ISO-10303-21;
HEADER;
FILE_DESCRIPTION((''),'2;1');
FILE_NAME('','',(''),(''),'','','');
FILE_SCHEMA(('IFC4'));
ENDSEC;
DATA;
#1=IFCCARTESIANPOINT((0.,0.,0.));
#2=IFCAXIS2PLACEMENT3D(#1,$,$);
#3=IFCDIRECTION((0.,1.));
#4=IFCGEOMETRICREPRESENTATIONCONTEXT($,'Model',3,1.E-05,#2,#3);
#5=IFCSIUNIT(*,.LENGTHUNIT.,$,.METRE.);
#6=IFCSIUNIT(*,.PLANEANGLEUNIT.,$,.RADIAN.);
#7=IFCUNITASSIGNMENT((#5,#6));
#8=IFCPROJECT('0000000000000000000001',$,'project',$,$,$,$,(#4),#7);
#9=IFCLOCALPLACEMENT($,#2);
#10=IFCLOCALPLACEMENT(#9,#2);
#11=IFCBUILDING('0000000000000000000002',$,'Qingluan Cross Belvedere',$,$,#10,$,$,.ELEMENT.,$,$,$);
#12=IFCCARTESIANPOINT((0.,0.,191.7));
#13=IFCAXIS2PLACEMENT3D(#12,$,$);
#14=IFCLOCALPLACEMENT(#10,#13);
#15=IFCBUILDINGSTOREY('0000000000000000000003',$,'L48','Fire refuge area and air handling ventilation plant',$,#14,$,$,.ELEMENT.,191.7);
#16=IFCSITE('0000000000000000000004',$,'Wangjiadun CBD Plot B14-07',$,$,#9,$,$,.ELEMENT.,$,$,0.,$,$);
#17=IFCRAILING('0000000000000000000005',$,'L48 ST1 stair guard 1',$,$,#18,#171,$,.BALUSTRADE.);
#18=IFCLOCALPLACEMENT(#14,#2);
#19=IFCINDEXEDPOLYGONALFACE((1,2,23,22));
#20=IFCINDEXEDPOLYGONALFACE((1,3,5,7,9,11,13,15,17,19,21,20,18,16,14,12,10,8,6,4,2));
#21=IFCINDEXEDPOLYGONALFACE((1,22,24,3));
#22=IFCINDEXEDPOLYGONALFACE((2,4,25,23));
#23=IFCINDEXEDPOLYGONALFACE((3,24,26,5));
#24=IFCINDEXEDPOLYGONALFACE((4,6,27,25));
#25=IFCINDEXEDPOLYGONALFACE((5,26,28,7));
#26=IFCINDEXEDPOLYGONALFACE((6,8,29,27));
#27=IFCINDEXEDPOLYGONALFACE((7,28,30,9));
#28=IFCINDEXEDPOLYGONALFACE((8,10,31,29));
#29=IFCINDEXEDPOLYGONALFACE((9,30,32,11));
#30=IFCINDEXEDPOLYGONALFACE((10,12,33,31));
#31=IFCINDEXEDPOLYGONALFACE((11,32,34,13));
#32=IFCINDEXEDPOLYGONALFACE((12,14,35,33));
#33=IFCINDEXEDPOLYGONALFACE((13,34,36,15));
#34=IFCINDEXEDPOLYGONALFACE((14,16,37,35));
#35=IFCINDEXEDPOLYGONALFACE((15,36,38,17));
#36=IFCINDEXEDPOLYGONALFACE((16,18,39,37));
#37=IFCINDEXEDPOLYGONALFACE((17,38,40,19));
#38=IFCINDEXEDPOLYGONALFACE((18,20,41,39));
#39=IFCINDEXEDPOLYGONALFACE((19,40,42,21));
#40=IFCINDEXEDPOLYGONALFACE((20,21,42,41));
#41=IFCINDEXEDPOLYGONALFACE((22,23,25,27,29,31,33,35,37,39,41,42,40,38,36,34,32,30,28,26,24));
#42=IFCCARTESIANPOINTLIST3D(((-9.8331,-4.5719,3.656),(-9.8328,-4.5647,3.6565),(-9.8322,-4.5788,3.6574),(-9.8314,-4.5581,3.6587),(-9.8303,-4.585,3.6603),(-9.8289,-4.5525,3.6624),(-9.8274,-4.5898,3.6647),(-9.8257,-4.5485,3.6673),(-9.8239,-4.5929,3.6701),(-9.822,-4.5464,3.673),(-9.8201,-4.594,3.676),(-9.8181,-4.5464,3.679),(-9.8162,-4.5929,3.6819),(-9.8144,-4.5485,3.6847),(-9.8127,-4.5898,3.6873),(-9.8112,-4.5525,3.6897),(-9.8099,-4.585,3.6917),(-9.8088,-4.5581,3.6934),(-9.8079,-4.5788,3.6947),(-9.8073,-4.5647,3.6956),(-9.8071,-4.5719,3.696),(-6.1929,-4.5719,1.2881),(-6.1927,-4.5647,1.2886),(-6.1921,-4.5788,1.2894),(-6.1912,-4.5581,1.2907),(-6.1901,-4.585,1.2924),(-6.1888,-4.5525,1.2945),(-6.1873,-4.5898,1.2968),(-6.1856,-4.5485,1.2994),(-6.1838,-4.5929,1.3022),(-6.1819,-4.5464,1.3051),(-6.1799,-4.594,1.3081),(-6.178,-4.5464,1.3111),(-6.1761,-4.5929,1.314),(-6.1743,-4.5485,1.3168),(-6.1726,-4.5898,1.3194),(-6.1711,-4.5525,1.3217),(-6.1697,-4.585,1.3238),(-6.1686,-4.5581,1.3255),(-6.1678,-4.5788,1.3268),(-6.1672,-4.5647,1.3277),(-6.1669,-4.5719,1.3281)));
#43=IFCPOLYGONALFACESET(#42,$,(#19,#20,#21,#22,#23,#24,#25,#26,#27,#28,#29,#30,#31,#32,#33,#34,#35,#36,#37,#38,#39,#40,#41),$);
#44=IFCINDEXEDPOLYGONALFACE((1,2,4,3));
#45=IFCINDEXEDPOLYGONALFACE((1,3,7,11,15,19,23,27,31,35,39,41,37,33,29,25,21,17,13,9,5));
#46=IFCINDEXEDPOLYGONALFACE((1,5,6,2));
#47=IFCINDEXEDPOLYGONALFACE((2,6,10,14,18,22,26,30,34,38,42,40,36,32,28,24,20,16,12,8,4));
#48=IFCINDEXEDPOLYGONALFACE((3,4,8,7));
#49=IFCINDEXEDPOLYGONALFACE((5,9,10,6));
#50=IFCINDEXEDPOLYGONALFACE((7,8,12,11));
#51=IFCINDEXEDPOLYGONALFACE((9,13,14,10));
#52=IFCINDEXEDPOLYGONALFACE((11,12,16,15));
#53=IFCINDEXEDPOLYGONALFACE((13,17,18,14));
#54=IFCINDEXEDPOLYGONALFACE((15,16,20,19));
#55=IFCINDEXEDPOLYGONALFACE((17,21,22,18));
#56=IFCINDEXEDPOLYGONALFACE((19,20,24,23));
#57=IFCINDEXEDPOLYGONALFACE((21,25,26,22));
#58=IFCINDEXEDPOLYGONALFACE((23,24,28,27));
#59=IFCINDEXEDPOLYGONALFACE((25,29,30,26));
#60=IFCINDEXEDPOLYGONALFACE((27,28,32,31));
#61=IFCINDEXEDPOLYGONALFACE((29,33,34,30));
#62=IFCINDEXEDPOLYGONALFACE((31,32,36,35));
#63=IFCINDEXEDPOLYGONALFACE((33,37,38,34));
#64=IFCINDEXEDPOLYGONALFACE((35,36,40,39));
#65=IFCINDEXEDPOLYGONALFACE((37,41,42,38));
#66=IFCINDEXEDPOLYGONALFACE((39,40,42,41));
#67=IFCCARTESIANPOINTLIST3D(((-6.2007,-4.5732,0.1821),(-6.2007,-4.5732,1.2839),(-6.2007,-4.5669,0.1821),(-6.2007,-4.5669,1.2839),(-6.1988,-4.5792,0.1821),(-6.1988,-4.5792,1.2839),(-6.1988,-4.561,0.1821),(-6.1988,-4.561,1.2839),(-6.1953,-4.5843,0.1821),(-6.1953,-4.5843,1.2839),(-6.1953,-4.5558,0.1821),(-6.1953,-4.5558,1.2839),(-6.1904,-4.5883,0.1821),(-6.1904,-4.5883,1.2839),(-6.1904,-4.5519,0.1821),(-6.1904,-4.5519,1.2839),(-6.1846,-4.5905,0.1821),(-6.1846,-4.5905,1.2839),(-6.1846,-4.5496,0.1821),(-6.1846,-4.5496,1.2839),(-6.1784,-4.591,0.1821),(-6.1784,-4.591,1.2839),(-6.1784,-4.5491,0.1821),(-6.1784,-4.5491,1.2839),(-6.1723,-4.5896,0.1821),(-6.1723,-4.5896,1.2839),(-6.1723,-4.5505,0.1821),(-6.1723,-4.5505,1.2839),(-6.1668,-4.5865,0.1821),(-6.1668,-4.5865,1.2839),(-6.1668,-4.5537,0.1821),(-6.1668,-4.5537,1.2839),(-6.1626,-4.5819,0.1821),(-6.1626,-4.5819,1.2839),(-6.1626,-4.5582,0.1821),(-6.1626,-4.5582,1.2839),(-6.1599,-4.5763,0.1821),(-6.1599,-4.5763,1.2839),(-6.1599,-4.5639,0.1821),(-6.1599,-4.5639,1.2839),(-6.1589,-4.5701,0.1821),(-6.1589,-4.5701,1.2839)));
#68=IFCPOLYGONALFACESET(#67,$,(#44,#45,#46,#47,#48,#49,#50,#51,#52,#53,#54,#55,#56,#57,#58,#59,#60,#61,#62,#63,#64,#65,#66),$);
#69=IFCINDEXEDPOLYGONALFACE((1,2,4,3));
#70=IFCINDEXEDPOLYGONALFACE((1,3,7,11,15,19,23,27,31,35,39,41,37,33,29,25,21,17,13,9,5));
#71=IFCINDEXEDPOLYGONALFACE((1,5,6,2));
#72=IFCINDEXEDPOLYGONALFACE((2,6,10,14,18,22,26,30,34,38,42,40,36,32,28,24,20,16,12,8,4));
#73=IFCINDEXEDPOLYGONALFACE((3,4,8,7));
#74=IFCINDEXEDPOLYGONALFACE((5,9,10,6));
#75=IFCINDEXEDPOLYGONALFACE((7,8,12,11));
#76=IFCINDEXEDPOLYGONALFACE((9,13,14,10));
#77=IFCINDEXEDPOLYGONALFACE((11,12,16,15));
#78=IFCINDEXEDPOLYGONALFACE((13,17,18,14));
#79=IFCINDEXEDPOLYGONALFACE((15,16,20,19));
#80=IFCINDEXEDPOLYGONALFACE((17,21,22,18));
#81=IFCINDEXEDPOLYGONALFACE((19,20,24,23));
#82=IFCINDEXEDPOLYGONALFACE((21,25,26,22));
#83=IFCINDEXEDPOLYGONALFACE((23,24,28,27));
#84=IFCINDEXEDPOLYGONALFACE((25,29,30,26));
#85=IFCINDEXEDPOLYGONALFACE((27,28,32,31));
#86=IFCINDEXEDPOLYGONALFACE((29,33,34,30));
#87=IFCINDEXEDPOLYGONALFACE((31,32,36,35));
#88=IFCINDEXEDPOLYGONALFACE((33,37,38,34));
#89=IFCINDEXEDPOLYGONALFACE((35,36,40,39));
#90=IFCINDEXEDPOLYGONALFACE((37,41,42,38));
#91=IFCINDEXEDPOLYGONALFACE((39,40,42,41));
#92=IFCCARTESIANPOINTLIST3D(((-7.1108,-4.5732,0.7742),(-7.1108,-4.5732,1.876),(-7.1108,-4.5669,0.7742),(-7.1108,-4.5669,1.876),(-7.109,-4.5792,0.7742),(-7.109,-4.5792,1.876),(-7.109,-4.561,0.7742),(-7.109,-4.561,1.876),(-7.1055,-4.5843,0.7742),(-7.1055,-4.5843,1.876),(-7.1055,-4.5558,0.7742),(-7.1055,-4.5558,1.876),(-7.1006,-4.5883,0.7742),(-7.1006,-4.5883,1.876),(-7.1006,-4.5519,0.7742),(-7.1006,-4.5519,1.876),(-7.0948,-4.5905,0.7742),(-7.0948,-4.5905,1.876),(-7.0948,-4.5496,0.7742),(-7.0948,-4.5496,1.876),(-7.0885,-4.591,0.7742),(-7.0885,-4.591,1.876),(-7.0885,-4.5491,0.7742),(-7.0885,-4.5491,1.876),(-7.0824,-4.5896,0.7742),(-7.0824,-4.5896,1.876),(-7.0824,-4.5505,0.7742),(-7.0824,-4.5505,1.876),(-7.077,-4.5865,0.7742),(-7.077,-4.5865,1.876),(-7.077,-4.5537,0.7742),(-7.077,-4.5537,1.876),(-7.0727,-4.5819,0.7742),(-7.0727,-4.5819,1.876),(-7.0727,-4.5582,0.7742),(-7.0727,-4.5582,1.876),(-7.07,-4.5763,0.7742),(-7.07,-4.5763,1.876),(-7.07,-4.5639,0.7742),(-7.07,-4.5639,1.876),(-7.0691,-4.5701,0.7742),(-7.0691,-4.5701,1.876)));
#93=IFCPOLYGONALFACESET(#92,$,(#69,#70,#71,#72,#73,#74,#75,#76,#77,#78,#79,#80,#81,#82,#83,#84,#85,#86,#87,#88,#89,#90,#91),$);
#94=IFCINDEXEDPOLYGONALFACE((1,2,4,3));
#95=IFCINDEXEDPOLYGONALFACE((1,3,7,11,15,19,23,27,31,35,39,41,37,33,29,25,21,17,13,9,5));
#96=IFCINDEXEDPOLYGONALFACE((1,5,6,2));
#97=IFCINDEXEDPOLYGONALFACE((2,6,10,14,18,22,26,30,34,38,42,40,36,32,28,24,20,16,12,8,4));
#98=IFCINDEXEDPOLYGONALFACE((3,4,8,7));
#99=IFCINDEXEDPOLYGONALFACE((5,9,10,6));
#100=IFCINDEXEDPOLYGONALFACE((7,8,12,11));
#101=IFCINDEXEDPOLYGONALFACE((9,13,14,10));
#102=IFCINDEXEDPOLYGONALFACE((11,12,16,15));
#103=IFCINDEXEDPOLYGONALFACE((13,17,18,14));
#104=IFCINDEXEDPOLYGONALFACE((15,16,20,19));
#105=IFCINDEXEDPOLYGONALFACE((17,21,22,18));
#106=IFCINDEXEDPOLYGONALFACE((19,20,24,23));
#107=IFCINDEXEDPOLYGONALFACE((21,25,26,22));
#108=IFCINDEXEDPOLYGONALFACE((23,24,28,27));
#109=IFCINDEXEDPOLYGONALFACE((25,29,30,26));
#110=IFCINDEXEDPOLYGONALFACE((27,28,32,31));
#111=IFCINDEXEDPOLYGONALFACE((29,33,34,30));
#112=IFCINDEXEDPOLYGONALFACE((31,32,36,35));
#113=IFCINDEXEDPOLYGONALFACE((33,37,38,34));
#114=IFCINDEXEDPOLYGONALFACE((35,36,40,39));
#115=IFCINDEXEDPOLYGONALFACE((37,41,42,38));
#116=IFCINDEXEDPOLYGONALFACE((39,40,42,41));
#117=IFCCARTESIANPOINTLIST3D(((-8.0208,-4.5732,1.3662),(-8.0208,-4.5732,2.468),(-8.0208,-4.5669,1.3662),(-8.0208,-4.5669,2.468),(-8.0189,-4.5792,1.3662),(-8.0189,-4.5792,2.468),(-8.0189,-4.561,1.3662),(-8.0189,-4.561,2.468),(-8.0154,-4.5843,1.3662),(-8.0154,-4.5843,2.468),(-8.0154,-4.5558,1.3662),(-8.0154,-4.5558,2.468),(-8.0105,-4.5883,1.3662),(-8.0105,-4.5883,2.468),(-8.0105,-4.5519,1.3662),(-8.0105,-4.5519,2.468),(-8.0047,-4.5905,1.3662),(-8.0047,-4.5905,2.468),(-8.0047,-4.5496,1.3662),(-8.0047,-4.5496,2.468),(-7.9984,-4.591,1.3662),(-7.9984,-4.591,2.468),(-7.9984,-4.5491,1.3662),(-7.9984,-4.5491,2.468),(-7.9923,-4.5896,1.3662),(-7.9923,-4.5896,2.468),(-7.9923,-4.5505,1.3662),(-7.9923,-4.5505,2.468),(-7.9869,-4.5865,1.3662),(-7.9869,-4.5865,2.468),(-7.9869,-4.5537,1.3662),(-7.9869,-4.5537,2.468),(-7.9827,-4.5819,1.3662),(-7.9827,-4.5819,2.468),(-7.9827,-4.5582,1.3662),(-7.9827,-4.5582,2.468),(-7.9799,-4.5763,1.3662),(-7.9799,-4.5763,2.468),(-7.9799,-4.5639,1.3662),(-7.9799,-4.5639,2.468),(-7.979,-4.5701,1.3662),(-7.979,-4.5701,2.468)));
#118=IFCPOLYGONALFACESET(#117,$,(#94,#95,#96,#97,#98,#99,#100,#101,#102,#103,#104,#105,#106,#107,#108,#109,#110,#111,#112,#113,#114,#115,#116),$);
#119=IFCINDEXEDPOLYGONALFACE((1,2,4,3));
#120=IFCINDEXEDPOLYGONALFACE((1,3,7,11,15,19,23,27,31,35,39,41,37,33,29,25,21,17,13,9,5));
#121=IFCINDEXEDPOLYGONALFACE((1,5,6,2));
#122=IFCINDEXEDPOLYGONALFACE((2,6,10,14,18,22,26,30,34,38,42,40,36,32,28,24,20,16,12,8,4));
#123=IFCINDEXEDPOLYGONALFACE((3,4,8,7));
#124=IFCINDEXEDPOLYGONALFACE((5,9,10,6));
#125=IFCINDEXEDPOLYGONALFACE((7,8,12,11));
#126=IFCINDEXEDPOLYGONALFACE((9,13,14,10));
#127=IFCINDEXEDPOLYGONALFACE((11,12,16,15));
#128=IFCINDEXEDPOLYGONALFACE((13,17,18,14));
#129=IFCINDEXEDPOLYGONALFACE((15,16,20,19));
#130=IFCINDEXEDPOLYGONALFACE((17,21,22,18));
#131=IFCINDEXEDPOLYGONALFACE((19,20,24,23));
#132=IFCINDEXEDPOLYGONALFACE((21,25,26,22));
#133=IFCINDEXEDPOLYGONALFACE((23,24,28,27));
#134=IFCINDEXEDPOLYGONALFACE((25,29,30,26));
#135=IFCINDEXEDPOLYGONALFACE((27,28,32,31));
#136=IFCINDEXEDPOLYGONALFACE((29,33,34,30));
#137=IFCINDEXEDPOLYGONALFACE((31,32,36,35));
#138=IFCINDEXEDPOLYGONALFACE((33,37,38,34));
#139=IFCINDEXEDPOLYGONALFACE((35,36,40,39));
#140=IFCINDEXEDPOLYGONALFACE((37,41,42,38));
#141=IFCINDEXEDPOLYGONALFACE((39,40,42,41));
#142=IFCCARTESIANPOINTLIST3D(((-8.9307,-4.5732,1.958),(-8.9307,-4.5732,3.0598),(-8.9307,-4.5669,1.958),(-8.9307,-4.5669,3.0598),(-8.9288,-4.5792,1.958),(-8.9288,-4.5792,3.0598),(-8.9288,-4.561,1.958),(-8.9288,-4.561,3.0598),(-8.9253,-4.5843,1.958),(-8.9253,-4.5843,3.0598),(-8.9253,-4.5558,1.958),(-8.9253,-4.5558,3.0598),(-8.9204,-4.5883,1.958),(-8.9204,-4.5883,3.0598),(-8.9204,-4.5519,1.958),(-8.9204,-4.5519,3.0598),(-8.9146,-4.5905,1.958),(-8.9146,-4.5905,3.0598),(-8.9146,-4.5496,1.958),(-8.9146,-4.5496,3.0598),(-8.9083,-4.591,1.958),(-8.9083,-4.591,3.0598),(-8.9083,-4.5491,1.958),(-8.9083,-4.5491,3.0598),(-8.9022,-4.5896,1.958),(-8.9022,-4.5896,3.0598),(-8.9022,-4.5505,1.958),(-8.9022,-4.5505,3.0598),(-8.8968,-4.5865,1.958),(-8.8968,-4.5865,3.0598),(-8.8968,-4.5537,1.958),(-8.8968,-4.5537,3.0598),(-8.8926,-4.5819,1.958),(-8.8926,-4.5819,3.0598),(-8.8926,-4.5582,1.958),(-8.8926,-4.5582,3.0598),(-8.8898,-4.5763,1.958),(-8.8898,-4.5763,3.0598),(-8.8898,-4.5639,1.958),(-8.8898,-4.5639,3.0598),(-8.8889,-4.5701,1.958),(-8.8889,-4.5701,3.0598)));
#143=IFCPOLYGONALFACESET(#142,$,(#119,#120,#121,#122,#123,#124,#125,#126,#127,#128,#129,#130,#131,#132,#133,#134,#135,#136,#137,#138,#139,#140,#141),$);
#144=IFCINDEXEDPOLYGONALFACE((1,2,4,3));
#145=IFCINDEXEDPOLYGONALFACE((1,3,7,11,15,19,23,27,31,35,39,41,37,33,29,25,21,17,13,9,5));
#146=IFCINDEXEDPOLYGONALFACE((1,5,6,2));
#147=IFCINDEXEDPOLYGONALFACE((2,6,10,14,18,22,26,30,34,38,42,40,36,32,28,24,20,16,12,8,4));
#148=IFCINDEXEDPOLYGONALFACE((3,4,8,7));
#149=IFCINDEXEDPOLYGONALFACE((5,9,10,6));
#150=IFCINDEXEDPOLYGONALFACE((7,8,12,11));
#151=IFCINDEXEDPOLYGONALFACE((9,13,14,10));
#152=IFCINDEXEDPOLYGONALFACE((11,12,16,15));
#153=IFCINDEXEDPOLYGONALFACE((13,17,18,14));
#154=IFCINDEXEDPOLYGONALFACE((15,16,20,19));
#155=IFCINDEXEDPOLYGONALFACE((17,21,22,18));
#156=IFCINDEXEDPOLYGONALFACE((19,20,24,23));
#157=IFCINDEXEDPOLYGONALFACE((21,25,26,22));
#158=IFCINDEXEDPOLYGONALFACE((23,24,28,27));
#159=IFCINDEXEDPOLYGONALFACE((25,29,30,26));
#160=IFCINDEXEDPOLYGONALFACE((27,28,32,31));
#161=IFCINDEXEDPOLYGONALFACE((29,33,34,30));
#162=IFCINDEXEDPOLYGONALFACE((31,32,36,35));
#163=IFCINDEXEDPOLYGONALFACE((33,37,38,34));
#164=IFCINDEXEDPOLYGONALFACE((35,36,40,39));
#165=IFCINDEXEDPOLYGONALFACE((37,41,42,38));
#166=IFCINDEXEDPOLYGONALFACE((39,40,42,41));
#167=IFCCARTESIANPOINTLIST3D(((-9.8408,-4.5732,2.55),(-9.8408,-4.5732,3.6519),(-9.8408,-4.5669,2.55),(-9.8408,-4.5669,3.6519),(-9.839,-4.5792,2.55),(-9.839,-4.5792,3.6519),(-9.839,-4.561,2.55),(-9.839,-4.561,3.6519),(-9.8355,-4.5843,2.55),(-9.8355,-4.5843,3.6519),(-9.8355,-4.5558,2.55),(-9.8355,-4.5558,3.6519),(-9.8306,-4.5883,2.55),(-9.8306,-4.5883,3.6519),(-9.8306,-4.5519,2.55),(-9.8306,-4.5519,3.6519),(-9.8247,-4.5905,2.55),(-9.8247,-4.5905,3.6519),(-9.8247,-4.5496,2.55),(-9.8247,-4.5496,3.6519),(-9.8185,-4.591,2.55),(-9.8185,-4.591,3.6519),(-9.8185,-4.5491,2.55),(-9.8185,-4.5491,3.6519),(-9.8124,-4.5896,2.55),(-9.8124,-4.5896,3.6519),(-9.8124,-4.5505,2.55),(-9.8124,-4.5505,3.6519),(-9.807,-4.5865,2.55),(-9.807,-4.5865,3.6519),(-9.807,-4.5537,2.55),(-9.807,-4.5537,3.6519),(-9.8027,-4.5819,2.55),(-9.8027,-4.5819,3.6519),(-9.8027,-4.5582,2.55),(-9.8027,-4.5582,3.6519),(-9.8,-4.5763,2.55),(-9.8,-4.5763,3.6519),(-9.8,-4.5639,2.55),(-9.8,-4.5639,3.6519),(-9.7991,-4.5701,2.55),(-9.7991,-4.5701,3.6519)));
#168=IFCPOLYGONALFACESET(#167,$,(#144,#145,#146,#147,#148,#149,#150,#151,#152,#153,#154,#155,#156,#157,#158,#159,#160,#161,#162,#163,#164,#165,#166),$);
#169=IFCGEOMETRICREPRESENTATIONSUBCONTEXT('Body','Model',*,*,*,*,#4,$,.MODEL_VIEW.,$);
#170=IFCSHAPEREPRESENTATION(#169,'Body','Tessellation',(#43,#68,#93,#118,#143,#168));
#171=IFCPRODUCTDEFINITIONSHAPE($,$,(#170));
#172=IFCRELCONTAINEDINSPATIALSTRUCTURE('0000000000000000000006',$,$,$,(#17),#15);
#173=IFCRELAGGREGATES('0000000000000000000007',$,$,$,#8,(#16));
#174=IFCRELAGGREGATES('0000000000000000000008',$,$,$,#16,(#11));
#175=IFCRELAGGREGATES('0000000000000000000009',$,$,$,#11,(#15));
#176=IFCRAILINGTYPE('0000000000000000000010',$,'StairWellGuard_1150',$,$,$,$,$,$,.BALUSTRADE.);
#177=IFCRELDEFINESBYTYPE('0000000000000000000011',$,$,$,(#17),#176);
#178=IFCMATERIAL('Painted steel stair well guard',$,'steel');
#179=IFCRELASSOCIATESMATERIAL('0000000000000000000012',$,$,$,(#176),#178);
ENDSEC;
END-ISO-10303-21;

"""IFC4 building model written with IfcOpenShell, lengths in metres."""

from ifc_helpers import new_model, si_unit, direction, frame, origin, origin_2d, place, context, subcontext, project, spatial, circle, extrude, material, type_object, element, save


model = new_model("IFC4")

# Units and contexts
model_context = context("Model", 3, precision=1e-05, world=origin(), true_north=direction((0.0, 1.0)))
body_context = subcontext(model_context, "Body", "Model", "MODEL_VIEW")
ifc_project = project(units=[si_unit("LENGTHUNIT", "METRE"), si_unit("PLANEANGLEUNIT", "RADIAN")], contexts=[model_context])

# Site, building, storey
site_placement = place(None, origin())
site = spatial("IfcSite", under=ifc_project, at=site_placement, Name="Wangjiadun CBD Plot B14-07", CompositionType="ELEMENT", RefElevation=0.0)
building_placement = place(site_placement, origin())
building = spatial("IfcBuilding", under=site, at=building_placement, Name="Qingluan Cross Belvedere", CompositionType="ELEMENT")
storey_placement = place(building_placement, frame((0.0, 0.0, 191.7)))
storey = spatial("IfcBuildingStorey", under=building, at=storey_placement, Name="L48", Description="Fire refuge area and air handling ventilation plant", CompositionType="ELEMENT", Elevation=191.7)

# Railing
ifc_material_1 = material(Name="Painted steel stair well guard", Category="steel")
railing_type_1 = type_object("IfcRailingType", Name="StairWellGuard_1150", PredefinedType="BALUSTRADE", material=ifc_material_1)
railing_1_placement = place(storey_placement, frame((-6.1799, -4.5701, 0.1821)))
element("IfcRailing", 1, at=railing_1_placement, inside=storey, type_object=railing_type_1, Name="L48 ST1 stair guard 1", PredefinedType="BALUSTRADE", context=body_context, shape_type="SweptSolid", body=[
    extrude(circle(Radius=0.0239, at=origin_2d()), frame((0.0, 0.0, 1.126), z_axis=(-0.838251, 0.0, 0.545285), x_axis=(0.0, -1.0, 0.0)), (0.0, 0.0, 1.0), 4.3425),
    extrude(circle(Radius=0.021, at=origin_2d()), origin(), (0.0, 0.0, 1.0), 1.1018),
    extrude(circle(Radius=0.021, at=origin_2d()), frame((-0.9102, 0.0, 0.592)), (0.0, 0.0, 1.0), 1.1018),
    extrude(circle(Radius=0.021, at=origin_2d()), frame((-1.8201, 0.0, 1.1841)), (0.0, 0.0, 1.0), 1.1018),
    extrude(circle(Radius=0.021, at=origin_2d()), frame((-2.73, 0.0, 1.7759)), (0.0, 0.0, 1.0), 1.1018),
    extrude(circle(Radius=0.021, at=origin_2d()), frame((-3.6401, 0.0, 2.3679)), (0.0, 0.0, 1.0), 1.1018),
])

save(model, "model.ifc")
